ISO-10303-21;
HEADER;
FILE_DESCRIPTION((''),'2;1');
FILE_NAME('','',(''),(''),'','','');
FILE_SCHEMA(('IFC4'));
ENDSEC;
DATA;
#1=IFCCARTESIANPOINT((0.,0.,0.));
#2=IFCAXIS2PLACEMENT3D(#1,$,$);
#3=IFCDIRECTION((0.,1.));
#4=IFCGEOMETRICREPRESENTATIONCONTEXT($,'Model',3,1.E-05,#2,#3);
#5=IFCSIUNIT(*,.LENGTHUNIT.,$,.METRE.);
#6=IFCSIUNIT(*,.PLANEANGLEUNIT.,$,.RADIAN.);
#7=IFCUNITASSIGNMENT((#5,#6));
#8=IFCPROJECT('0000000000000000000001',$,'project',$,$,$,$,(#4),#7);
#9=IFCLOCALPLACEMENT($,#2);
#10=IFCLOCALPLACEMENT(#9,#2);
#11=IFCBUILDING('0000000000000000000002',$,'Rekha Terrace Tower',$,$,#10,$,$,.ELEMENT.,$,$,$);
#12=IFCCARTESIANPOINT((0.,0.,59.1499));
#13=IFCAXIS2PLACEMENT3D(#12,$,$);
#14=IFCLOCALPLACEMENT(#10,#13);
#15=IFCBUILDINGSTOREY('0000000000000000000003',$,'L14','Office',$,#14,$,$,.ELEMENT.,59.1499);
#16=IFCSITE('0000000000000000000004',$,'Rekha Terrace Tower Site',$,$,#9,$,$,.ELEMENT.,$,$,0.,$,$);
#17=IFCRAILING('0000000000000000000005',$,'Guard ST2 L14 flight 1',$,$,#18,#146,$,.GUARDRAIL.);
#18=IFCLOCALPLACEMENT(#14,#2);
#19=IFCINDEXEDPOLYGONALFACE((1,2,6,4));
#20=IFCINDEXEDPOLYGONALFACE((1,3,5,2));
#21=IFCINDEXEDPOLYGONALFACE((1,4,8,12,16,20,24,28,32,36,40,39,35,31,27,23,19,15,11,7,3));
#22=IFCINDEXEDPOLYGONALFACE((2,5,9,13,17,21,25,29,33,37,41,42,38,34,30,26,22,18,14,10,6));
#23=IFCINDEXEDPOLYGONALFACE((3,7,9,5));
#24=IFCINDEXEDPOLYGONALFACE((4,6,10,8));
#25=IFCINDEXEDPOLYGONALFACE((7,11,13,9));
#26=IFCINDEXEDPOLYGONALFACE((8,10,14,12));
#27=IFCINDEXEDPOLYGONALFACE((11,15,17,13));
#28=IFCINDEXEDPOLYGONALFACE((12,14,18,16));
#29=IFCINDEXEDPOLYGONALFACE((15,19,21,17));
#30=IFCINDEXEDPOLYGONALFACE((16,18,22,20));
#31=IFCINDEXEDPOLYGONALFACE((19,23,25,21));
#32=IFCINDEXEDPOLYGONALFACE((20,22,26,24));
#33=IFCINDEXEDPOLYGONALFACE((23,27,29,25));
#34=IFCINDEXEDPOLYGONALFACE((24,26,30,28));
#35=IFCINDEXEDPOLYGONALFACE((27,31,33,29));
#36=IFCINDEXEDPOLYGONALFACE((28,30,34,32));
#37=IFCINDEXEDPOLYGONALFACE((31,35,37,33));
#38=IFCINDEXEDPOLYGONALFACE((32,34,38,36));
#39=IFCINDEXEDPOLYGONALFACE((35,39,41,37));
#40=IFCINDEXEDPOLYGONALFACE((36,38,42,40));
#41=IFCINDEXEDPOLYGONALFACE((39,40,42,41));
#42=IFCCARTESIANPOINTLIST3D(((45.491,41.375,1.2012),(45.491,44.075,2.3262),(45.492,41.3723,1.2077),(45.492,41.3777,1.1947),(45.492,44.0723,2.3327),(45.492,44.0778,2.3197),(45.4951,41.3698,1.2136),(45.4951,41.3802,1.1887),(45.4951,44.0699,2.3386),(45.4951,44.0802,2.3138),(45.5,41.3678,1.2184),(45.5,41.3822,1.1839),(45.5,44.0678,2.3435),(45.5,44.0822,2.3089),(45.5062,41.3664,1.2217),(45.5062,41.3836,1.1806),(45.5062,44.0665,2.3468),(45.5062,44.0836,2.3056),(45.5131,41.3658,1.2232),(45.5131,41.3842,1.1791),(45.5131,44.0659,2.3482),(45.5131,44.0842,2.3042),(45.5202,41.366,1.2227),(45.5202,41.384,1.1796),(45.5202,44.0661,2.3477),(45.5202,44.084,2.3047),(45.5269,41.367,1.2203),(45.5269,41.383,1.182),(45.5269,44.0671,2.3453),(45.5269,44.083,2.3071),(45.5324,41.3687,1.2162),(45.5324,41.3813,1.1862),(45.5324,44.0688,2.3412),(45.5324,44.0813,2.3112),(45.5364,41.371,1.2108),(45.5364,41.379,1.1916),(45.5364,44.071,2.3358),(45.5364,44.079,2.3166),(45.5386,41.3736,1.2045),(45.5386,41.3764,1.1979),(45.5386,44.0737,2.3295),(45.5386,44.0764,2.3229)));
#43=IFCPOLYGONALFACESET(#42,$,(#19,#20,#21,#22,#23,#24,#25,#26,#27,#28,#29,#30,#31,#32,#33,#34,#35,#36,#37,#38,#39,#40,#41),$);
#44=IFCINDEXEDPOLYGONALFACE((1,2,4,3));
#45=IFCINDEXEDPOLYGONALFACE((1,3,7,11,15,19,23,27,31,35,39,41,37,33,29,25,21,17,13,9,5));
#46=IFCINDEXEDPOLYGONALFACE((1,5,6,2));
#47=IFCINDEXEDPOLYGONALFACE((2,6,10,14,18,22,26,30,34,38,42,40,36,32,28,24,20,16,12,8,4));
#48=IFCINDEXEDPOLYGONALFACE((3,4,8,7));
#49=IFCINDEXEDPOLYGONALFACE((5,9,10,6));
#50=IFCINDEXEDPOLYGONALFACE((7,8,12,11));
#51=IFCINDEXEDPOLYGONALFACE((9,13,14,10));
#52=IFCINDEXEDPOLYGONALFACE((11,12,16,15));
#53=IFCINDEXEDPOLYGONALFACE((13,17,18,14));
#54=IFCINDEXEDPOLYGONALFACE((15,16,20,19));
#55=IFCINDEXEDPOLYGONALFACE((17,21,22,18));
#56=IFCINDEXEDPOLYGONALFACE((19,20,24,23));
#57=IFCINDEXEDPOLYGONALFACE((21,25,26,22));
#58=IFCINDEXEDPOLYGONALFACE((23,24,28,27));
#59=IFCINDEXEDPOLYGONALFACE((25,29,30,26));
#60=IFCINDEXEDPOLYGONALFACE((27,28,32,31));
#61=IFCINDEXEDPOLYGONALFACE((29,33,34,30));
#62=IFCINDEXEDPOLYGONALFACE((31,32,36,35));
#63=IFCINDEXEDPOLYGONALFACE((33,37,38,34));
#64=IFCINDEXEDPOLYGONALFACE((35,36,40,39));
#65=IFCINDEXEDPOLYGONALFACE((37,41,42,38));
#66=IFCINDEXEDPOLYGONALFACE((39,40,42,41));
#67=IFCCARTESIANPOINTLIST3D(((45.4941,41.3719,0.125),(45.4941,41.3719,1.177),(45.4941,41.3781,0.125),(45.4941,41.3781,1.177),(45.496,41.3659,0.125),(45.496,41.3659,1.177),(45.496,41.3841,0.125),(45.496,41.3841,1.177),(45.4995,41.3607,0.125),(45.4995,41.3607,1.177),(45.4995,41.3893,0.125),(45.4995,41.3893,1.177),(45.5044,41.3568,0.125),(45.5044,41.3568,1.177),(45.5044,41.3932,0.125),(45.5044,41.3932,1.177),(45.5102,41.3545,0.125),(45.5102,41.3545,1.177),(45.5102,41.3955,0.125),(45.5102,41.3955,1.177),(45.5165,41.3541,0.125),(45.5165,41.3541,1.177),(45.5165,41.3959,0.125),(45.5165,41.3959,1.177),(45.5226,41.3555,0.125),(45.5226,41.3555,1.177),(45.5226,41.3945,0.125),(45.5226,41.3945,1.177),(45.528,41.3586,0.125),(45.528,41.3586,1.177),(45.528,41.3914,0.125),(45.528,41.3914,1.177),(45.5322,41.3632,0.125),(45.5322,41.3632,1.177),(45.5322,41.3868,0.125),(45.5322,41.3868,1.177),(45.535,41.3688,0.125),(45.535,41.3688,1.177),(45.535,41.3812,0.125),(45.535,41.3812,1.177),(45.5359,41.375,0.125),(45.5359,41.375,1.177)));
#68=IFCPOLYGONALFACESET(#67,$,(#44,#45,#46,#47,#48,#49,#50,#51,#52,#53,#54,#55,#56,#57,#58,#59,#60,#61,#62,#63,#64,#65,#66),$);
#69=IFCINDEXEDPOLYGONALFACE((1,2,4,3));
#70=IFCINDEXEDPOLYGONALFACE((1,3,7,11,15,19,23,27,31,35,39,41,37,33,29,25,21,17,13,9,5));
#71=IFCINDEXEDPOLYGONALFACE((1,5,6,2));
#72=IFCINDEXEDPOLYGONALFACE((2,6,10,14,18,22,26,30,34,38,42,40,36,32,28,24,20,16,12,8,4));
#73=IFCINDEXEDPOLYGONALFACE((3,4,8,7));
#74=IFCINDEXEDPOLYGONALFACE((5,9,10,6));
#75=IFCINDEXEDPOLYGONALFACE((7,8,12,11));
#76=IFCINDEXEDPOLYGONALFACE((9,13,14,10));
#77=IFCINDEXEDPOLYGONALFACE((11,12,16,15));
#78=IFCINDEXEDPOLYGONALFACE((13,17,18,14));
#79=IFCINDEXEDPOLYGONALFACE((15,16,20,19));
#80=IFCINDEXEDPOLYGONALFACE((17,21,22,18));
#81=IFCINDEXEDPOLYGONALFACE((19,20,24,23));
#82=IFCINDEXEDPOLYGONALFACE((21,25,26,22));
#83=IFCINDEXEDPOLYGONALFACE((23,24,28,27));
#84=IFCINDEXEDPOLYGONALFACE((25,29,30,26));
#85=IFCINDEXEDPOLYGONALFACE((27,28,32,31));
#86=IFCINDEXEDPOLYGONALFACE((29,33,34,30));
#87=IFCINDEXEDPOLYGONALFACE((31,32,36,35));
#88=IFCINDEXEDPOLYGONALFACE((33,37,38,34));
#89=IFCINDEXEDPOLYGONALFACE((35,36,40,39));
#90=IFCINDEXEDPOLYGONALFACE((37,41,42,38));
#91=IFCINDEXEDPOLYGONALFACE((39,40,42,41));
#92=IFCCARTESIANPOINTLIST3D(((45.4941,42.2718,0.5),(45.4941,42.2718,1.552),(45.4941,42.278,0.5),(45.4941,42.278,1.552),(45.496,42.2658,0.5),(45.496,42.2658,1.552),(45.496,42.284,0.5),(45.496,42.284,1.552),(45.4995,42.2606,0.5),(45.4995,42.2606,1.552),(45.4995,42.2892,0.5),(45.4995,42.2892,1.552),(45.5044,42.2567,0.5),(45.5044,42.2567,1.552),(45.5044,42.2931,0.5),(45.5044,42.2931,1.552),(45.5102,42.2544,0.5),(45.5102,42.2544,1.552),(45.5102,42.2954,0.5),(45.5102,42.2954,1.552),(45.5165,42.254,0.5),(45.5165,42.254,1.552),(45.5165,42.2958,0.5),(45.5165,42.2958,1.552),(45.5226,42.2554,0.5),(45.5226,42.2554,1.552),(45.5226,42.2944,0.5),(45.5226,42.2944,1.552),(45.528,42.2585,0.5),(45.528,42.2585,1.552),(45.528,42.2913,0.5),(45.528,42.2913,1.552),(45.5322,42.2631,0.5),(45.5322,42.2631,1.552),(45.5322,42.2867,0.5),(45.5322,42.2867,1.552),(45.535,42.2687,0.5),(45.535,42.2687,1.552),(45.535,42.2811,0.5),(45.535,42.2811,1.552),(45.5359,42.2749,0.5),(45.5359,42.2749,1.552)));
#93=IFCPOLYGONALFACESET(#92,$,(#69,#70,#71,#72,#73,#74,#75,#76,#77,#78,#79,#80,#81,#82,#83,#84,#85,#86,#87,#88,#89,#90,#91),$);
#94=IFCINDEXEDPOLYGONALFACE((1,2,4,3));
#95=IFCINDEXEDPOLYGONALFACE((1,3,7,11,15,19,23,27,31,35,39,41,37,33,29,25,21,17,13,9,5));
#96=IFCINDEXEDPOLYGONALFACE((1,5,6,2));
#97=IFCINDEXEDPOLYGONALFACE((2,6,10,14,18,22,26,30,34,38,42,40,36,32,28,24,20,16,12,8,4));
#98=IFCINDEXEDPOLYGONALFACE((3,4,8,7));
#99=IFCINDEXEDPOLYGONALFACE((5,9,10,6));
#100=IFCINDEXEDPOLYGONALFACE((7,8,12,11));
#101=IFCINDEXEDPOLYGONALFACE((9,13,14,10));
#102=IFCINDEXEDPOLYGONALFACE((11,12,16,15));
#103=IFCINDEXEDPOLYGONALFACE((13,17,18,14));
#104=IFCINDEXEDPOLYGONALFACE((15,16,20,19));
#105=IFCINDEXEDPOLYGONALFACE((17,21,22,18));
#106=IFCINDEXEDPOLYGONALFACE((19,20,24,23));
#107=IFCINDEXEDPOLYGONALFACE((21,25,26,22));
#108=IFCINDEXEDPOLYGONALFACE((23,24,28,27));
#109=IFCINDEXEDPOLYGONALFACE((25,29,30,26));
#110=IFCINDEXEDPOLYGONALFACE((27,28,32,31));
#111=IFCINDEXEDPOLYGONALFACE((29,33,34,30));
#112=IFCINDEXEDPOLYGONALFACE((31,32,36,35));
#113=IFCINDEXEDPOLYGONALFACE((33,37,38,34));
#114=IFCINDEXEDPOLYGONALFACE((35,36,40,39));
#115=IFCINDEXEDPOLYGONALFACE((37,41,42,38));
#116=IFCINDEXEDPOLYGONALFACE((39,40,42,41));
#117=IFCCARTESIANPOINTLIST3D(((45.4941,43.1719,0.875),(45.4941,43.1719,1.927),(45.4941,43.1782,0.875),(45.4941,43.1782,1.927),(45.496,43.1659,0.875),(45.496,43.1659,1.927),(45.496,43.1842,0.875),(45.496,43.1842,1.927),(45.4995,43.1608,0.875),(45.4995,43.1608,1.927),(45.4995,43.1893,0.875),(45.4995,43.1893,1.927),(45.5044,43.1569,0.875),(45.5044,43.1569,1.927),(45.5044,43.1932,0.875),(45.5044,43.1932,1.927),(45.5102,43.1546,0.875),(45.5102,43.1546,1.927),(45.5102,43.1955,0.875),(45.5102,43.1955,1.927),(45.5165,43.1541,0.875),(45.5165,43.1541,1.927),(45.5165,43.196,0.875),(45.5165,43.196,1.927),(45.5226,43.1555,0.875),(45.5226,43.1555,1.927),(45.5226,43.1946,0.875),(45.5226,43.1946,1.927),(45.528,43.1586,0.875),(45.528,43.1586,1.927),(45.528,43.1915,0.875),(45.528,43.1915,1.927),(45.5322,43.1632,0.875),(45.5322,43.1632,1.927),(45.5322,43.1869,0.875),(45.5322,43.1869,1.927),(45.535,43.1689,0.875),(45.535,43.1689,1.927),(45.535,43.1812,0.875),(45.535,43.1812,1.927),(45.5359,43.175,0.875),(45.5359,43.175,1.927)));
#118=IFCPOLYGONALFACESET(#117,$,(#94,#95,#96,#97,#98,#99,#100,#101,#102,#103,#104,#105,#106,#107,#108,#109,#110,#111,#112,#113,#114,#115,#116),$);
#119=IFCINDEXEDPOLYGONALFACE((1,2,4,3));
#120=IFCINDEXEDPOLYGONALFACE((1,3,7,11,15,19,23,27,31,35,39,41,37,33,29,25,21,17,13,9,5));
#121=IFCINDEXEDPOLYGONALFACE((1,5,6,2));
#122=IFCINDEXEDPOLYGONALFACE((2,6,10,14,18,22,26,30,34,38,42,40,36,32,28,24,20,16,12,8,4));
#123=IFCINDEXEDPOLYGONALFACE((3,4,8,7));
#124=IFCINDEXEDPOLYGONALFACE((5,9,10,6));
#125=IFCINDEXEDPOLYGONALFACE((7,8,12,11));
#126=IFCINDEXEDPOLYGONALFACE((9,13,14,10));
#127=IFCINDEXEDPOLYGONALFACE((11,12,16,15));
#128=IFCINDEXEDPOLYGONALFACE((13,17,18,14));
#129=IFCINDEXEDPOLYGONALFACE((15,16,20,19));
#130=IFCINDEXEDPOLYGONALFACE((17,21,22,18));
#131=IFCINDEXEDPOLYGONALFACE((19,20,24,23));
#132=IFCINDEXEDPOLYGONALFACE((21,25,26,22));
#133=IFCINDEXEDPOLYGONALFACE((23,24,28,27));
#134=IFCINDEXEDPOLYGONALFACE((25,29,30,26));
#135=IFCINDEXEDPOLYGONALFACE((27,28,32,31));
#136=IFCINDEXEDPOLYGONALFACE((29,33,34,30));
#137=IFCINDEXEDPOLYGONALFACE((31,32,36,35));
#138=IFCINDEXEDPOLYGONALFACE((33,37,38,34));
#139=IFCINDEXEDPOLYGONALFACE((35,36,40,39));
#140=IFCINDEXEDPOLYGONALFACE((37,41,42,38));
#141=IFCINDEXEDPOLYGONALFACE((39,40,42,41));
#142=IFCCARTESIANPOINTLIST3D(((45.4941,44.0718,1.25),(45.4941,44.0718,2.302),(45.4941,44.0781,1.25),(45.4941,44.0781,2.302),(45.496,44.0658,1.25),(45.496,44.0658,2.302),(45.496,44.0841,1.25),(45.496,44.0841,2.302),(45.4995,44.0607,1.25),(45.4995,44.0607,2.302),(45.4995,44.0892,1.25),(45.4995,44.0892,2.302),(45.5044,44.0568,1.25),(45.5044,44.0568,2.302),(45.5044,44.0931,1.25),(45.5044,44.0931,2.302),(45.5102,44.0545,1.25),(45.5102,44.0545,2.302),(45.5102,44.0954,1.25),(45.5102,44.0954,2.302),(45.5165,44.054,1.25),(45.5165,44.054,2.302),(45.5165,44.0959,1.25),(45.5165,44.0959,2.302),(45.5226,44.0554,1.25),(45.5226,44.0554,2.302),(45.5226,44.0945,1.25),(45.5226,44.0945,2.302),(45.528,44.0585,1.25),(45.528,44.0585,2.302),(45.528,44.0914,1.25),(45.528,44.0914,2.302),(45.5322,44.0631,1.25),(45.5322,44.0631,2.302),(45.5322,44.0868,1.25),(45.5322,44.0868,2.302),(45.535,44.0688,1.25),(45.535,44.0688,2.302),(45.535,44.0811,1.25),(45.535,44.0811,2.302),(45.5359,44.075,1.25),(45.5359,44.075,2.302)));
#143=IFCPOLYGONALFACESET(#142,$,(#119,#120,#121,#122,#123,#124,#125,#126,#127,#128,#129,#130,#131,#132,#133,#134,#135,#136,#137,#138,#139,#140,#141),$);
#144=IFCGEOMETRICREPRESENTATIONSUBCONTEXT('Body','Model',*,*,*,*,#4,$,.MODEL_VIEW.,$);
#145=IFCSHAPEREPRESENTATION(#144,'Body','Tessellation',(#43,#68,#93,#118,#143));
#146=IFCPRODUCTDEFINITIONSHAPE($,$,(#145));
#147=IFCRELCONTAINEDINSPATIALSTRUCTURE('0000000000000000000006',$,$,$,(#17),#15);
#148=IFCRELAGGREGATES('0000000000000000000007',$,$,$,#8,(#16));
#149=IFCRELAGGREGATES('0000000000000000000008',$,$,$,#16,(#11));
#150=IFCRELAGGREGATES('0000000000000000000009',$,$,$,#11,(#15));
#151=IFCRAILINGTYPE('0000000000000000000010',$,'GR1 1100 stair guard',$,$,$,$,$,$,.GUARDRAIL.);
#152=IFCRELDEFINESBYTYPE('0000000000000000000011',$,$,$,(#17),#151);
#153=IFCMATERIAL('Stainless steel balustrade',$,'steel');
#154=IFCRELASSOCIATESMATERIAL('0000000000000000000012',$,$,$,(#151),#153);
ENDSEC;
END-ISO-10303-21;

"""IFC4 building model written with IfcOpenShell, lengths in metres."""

from ifc_helpers import new_model, si_unit, direction, frame, origin, origin_2d, place, context, subcontext, project, spatial, circle, extrude, material, type_object, element, save


model = new_model("IFC4")

# Units and contexts
model_context = context("Model", 3, precision=1e-05, world=origin(), true_north=direction((0.0, 1.0)))
body_context = subcontext(model_context, "Body", "Model", "MODEL_VIEW")
ifc_project = project(units=[si_unit("LENGTHUNIT", "METRE"), si_unit("PLANEANGLEUNIT", "RADIAN")], contexts=[model_context])

# Site, building, storey
site_placement = place(None, origin())
site = spatial("IfcSite", under=ifc_project, at=site_placement, Name="Rekha Terrace Tower Site", CompositionType="ELEMENT", RefElevation=0.0)
building_placement = place(site_placement, origin())
building = spatial("IfcBuilding", under=site, at=building_placement, Name="Rekha Terrace Tower", CompositionType="ELEMENT")
storey_placement = place(building_placement, frame((0.0, 0.0, 59.1499)))
storey = spatial("IfcBuildingStorey", under=building, at=storey_placement, Name="L14", Description="Office", CompositionType="ELEMENT", Elevation=59.1499)

# Railing
ifc_material_1 = material(Name="Stainless steel balustrade", Category="steel")
railing_type_1 = type_object("IfcRailingType", Name="GR1 1100 stair guard", PredefinedType="GUARDRAIL", material=ifc_material_1)
railing_1_placement = place(storey_placement, frame((45.5149, 41.375, 0.125)))
element("IfcRailing", 1, at=railing_1_placement, inside=storey, type_object=railing_type_1, Name="Guard ST2 L14 flight 1", PredefinedType="GUARDRAIL", context=body_context, shape_type="SweptSolid", body=[
    extrude(circle(Radius=0.0239, at=origin_2d()), frame((0.0, 0.0, 1.0762), z_axis=(0.0, 0.923074, 0.384621), x_axis=(-1.0, 0.0, 0.0)), (0.0, 0.0, 1.0), 2.925),
    extrude(circle(Radius=0.021, at=origin_2d()), origin(), (0.0, 0.0, 1.0), 1.052),
    extrude(circle(Radius=0.021, at=origin_2d()), frame((0.0, 0.8999, 0.375)), (0.0, 0.0, 1.0), 1.052),
    extrude(circle(Radius=0.021, at=origin_2d()), frame((0.0, 1.8, 0.75)), (0.0, 0.0, 1.0), 1.052),
    extrude(circle(Radius=0.021, at=origin_2d()), frame((0.0, 2.7, 1.125)), (0.0, 0.0, 1.0), 1.052),
])

save(model, "model.ifc")
